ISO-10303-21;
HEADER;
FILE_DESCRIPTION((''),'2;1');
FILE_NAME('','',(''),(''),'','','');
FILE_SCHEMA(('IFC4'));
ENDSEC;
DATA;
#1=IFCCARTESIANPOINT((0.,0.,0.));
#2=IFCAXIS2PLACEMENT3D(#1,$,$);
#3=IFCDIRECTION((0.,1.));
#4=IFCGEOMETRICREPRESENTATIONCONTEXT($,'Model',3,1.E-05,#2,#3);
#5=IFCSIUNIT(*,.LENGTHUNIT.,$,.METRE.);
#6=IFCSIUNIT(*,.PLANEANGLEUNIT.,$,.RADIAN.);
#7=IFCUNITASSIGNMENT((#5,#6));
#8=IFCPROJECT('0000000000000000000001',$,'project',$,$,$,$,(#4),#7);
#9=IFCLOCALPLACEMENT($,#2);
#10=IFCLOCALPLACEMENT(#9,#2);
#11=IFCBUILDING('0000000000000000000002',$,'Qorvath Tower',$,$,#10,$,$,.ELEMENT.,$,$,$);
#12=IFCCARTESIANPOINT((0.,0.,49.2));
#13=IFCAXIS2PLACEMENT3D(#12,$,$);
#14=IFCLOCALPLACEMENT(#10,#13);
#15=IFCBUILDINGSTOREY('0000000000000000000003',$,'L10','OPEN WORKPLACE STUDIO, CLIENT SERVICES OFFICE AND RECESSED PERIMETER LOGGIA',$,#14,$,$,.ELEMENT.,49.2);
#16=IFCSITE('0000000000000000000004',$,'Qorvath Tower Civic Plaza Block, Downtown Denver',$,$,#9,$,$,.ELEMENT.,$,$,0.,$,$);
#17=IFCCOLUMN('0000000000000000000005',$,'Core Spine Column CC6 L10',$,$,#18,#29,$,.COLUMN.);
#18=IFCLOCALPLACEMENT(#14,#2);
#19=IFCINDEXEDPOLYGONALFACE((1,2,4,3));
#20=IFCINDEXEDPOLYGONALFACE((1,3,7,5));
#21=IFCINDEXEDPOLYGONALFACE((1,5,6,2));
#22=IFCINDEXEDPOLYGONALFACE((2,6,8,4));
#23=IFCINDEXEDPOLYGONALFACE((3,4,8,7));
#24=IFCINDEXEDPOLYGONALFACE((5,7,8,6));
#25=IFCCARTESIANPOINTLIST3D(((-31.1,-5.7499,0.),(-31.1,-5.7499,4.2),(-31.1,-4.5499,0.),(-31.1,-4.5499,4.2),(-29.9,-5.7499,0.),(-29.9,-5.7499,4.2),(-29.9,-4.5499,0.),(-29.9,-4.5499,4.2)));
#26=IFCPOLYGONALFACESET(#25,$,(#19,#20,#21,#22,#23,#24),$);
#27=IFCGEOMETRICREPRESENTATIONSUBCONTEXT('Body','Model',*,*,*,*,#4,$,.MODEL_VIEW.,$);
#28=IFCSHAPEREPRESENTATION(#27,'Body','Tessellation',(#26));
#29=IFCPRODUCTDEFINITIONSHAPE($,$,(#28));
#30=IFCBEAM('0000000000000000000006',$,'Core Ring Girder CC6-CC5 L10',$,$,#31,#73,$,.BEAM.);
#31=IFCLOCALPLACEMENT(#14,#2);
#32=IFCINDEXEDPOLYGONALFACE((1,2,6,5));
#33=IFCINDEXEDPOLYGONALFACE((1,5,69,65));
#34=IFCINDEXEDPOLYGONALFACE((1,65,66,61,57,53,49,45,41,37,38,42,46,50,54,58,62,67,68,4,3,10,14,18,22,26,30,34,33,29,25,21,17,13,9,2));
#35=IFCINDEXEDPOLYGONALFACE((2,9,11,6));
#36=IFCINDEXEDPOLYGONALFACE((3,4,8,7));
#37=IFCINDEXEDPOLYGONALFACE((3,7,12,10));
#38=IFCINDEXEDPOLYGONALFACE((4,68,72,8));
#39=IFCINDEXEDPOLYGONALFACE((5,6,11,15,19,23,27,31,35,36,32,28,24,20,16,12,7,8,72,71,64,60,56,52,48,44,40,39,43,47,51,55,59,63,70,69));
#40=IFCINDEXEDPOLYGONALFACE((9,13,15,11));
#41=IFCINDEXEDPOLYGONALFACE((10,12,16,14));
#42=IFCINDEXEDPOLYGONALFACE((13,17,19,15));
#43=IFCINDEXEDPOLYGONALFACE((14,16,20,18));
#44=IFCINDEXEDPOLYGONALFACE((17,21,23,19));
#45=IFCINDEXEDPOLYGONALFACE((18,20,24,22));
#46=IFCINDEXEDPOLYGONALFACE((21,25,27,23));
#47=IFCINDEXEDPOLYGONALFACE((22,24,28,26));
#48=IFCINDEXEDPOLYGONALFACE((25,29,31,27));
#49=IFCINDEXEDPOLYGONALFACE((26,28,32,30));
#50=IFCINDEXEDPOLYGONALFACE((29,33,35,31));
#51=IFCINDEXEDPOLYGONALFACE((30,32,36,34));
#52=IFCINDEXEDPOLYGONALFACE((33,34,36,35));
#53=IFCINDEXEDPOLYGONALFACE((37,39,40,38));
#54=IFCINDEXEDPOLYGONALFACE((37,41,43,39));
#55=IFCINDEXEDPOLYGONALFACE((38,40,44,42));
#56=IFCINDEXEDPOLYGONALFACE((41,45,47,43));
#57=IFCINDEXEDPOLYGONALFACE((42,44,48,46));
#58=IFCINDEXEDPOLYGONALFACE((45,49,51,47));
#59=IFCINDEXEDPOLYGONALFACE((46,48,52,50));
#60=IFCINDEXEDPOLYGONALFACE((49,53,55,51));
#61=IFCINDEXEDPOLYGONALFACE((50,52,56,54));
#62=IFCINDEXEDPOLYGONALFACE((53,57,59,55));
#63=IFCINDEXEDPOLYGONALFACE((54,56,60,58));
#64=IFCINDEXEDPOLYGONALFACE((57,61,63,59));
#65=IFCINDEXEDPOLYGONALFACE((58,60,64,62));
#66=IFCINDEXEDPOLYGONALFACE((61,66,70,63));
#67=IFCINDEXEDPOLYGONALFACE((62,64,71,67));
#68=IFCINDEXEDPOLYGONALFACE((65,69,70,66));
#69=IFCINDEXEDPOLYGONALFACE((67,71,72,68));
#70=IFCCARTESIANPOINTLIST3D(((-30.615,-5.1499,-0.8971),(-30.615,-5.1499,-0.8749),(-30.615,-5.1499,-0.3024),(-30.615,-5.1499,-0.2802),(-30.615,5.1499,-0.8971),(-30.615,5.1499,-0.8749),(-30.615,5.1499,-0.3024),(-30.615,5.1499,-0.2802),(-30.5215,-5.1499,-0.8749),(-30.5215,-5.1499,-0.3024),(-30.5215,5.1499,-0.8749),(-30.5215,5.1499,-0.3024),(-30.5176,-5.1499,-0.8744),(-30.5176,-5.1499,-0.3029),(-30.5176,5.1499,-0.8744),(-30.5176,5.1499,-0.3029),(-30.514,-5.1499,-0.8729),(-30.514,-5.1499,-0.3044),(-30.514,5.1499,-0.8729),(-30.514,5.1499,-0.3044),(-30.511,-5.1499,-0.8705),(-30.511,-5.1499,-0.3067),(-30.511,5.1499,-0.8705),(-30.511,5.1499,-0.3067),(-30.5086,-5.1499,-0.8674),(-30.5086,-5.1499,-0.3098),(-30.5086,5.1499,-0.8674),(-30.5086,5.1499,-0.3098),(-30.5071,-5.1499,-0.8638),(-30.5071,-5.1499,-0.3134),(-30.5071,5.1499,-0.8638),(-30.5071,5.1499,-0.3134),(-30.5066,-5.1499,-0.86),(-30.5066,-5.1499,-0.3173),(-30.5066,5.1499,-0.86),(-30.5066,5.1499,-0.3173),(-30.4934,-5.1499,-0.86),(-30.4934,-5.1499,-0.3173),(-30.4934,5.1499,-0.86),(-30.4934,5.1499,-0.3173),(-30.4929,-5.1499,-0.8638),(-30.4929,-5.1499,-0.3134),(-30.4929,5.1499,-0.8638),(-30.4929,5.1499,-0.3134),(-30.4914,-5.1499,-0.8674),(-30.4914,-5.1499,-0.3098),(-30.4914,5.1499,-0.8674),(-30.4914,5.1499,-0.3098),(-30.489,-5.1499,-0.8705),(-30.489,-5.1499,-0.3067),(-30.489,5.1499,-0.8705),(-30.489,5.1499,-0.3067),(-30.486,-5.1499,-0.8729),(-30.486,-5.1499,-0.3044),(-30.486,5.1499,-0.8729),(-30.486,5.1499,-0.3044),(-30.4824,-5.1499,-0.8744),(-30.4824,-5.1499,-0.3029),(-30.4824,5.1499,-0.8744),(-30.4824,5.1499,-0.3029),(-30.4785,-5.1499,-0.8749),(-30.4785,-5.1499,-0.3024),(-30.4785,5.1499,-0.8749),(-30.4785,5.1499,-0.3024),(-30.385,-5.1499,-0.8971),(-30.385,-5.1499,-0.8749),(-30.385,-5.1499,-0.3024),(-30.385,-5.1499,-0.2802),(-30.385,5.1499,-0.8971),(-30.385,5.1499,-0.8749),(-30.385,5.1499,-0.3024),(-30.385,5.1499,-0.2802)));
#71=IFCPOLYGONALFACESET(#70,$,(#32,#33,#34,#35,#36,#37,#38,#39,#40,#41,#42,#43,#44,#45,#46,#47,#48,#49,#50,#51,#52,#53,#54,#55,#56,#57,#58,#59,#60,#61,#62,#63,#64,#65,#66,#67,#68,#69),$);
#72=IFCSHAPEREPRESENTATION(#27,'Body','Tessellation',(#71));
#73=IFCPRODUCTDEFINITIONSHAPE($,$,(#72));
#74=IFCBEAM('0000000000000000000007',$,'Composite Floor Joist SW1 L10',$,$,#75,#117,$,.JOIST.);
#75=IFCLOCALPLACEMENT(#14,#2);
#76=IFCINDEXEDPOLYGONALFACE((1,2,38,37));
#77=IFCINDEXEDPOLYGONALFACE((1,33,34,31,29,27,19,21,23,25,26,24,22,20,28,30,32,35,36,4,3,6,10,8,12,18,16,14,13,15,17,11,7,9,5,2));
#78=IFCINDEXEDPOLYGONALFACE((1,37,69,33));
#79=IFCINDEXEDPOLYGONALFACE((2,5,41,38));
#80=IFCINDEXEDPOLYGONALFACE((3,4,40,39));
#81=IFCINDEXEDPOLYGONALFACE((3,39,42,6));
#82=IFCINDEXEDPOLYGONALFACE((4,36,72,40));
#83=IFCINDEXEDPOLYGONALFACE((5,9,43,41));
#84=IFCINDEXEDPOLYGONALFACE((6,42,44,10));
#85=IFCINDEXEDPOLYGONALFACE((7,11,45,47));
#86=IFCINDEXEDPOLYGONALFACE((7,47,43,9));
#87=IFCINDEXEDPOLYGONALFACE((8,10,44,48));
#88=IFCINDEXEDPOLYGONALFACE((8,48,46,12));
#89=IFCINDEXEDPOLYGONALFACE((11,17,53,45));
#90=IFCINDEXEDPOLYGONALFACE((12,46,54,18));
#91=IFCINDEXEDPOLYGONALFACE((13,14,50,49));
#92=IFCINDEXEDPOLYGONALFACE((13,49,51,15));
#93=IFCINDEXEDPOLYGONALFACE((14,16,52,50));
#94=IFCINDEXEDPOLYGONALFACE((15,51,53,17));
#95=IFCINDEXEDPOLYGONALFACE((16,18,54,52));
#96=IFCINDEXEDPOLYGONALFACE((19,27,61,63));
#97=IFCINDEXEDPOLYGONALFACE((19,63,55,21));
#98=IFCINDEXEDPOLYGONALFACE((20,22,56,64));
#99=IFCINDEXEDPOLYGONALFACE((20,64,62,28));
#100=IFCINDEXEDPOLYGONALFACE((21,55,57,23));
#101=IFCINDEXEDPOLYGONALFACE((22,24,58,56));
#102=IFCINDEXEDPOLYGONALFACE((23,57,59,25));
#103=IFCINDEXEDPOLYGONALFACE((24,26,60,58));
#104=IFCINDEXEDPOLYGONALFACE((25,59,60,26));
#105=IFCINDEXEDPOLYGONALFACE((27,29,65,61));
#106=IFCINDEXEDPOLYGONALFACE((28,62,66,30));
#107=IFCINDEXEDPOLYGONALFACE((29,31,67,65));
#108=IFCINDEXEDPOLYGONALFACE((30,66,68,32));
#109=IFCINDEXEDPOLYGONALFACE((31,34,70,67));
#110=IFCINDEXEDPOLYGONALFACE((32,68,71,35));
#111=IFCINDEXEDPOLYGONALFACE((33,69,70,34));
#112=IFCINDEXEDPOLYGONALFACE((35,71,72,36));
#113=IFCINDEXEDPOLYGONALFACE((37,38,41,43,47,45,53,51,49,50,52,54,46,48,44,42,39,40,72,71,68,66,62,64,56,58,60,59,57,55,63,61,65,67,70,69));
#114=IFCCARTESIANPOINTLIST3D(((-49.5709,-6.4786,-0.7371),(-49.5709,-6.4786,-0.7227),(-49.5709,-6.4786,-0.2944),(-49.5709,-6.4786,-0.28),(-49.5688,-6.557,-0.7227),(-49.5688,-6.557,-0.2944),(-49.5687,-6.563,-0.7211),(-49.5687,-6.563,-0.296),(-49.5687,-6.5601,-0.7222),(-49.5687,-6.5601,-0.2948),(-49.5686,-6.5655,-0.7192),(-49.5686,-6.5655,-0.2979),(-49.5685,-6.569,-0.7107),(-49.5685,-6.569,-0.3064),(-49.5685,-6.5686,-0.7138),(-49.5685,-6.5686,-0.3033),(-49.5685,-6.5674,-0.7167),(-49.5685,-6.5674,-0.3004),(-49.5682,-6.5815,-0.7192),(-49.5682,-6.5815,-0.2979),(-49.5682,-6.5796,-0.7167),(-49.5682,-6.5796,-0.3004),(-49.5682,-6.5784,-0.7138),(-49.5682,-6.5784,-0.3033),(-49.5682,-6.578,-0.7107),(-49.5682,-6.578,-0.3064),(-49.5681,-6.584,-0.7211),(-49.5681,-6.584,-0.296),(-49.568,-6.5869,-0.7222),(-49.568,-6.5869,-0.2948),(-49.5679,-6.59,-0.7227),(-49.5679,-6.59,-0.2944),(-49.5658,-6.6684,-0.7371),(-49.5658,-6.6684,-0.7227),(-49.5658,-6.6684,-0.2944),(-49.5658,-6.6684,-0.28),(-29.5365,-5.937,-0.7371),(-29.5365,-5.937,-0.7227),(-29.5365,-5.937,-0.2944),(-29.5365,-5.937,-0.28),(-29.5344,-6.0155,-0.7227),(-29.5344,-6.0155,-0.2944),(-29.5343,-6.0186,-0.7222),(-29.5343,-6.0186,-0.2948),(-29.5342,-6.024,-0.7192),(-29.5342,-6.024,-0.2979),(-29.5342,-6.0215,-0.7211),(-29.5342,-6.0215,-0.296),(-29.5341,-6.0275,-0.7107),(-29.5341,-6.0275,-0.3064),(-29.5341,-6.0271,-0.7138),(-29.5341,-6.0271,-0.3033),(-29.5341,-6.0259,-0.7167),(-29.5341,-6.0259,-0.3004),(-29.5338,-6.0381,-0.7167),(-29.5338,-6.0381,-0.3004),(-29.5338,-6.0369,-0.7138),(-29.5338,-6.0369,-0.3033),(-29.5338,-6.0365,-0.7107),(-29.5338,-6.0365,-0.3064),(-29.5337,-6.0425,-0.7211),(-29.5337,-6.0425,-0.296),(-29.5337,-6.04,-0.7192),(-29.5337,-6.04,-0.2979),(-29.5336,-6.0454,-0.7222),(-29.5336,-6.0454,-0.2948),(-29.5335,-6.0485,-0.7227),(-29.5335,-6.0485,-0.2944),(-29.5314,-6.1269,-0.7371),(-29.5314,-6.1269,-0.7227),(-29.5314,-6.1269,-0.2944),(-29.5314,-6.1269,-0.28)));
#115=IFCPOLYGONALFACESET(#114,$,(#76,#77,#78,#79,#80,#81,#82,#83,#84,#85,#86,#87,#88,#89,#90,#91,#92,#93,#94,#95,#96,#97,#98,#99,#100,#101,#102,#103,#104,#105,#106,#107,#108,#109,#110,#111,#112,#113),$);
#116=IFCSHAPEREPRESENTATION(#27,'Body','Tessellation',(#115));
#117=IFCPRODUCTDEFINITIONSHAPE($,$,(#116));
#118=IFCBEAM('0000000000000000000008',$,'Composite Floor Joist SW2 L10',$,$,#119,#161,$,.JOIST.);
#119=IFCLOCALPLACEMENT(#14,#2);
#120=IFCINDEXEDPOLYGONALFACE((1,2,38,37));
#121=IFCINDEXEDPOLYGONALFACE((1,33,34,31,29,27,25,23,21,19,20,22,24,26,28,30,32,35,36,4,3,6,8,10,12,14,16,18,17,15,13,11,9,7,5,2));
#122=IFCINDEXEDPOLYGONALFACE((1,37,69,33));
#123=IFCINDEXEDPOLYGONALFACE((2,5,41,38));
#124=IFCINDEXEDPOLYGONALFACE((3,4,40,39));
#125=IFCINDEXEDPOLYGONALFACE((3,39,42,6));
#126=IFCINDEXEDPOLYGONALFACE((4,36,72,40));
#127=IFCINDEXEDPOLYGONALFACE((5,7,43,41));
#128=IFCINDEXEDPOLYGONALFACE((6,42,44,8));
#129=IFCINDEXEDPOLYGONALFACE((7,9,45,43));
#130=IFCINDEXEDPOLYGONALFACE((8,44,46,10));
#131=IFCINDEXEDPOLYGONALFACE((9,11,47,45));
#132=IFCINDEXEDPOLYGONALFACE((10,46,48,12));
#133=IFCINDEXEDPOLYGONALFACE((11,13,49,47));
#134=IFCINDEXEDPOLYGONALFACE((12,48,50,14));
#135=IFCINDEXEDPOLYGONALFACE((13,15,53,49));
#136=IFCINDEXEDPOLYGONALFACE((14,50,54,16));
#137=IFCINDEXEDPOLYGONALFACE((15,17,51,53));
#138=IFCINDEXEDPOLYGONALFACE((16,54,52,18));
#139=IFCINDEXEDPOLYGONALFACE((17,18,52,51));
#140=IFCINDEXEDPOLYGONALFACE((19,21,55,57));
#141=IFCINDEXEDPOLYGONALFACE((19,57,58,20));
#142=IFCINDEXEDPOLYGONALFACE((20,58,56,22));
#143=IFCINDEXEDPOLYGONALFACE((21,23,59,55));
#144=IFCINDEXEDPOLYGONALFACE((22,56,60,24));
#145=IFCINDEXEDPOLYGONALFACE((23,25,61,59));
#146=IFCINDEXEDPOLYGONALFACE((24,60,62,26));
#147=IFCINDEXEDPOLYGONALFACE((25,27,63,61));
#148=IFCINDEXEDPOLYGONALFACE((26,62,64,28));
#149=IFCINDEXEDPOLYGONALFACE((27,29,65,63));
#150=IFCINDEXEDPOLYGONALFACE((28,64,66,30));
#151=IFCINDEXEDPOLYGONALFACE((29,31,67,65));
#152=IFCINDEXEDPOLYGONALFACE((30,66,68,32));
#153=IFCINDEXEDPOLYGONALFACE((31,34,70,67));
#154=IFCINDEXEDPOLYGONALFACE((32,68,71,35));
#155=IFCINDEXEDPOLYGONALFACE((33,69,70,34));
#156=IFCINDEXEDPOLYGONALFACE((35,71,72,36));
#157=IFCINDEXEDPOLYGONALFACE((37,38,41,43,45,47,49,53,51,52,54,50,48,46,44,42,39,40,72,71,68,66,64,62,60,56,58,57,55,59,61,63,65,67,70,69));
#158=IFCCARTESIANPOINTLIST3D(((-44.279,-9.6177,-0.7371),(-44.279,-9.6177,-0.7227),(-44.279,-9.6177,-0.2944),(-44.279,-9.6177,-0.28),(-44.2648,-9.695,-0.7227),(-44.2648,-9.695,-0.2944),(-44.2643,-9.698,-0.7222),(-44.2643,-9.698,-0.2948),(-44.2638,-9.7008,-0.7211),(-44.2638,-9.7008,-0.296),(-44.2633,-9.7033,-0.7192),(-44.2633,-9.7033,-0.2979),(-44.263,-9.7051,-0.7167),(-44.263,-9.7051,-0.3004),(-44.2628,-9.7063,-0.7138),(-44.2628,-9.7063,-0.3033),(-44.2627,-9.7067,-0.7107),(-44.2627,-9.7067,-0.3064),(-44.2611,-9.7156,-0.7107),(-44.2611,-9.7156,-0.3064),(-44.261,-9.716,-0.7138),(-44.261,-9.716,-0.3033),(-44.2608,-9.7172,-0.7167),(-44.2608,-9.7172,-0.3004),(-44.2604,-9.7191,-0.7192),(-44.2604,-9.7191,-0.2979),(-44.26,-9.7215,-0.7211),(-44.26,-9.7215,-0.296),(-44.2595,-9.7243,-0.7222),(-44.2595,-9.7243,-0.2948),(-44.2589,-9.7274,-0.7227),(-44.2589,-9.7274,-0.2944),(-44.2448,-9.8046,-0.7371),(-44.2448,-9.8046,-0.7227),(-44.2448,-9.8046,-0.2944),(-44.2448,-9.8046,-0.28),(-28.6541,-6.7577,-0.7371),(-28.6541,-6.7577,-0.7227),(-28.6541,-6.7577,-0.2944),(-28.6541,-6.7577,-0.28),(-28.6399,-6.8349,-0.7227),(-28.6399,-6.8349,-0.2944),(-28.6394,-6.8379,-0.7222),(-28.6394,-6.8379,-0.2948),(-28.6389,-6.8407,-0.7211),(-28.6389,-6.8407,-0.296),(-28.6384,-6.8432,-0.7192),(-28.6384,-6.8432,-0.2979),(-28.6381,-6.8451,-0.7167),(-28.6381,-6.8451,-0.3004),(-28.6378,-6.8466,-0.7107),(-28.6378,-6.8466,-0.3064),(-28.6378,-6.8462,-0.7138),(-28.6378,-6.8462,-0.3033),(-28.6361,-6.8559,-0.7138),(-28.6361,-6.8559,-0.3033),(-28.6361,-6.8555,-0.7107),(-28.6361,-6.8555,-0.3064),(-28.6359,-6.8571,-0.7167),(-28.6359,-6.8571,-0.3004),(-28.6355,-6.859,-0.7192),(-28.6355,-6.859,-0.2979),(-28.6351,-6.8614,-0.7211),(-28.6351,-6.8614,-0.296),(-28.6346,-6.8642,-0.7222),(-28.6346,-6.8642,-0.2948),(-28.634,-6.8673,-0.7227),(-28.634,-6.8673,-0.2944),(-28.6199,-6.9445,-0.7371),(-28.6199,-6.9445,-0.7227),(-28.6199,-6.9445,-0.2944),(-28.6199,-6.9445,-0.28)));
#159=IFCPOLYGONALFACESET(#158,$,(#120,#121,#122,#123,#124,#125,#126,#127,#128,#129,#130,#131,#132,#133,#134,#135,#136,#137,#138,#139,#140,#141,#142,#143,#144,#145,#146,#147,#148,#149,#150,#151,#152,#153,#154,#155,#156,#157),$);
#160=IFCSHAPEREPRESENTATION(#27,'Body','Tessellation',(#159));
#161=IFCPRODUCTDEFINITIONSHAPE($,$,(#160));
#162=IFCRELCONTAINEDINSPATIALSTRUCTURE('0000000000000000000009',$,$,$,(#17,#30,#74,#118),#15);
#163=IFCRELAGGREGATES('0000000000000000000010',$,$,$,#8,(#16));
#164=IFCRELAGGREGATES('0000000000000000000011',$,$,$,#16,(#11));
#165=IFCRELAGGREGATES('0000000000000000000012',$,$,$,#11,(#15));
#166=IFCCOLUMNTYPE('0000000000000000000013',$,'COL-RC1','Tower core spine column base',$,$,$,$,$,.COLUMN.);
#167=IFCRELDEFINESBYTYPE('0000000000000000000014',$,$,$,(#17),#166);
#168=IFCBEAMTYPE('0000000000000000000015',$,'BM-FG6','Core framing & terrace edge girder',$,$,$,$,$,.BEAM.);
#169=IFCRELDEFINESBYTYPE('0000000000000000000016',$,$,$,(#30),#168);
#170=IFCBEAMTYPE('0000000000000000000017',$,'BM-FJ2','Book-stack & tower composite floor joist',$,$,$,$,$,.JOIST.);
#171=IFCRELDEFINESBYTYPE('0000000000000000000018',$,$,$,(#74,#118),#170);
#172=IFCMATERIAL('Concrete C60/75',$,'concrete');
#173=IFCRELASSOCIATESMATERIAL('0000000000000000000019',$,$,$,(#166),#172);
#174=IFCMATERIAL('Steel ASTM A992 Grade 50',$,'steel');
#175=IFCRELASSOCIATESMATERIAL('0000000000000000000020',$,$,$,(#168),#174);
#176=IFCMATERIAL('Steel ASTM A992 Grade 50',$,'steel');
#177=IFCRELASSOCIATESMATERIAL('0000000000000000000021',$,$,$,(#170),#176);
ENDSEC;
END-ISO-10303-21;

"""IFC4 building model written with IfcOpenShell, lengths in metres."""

from ifc_helpers import new_model, si_unit, direction, frame, origin, origin_2d, place, context, subcontext, project, spatial, rectangle, i_section, extrude, material, material_profile, profile_set, type_object, element, save


model = new_model("IFC4")

# Units and contexts
model_context = context("Model", 3, precision=1e-05, world=origin(), true_north=direction((0.0, 1.0)))
body_context = subcontext(model_context, "Body", "Model", "MODEL_VIEW")
ifc_project = project(units=[si_unit("LENGTHUNIT", "METRE"), si_unit("PLANEANGLEUNIT", "RADIAN")], contexts=[model_context])

# Site, building, storey
site_placement = place(None, origin())
site = spatial("IfcSite", under=ifc_project, at=site_placement, Name="Qorvath Tower Civic Plaza Block, Downtown Denver", CompositionType="ELEMENT", RefElevation=0.0)
building_placement = place(site_placement, origin())
building = spatial("IfcBuilding", under=site, at=building_placement, Name="Qorvath Tower", CompositionType="ELEMENT")
storey_placement = place(building_placement, frame((0.0, 0.0, 49.2)))
storey = spatial("IfcBuildingStorey", under=building, at=storey_placement, Name="L10", Description="OPEN WORKPLACE STUDIO, CLIENT SERVICES OFFICE AND RECESSED PERIMETER LOGGIA", CompositionType="ELEMENT", Elevation=49.2)

# Column
ifc_material_1 = material(Name="Concrete C60/75", Category="concrete")
ifc_material_profile_1 = material_profile(ifc_material_1, rectangle(XDim=1.2, YDim=1.2, at=origin_2d()), Name="RC 1200x1200")
ifc_profile_set_1 = profile_set([ifc_material_profile_1], Name="Concrete C60/75")
column_type = type_object("IfcColumnType", Name="COL-RC1", Description="Tower core spine column base", PredefinedType="COLUMN", material=ifc_profile_set_1)
column_placement = place(storey_placement, frame((-30.5, -5.1499, 0.0), z_axis=(0.0, 0.0, 1.0), x_axis=(1.0, 0.0, 0.0)))
element("IfcColumn", 1, at=column_placement, inside=storey, type_object=column_type, Name="Core Spine Column CC6 L10", PredefinedType="COLUMN", context=body_context, shape_type="SweptSolid", body=[
    extrude(rectangle(XDim=1.2, YDim=1.2, at=origin_2d()), origin(), (0.0, 0.0, 1.0), 4.2),
])

# Beams
ifc_material_2 = material(Name="Steel ASTM A992 Grade 50", Category="steel")
ifc_material_profile_2 = material_profile(ifc_material_2, i_section(OverallWidth=0.23, OverallDepth=0.6169, WebThickness=0.0132, FlangeThickness=0.0222, FilletRadius=0.0149, at=origin_2d()), Name="W24x94")
ifc_profile_set_2 = profile_set([ifc_material_profile_2], Name="Steel ASTM A992 Grade 50")
beam_type_1 = type_object("IfcBeamType", Name="BM-FG6", Description="Core framing & terrace edge girder", PredefinedType="BEAM", material=ifc_profile_set_2)
beam_1_placement = place(storey_placement, frame((-30.5, -5.1499, -0.5886), z_axis=(0.0, 1.0, 0.0), x_axis=(-1.0, 0.0, 0.0)))
element("IfcBeam", 2, at=beam_1_placement, inside=storey, type_object=beam_type_1, Name="Core Ring Girder CC6-CC5 L10", PredefinedType="BEAM", context=body_context, shape_type="SweptSolid", body=[
    extrude(i_section(OverallWidth=0.23, OverallDepth=0.6169, WebThickness=0.0132, FlangeThickness=0.0222, FilletRadius=0.0149, at=origin_2d()), origin(), (0.0, 0.0, 1.0), 10.2998),
])
ifc_material_3 = material(Name="Steel ASTM A992 Grade 50", Category="steel")
ifc_material_profile_3 = material_profile(ifc_material_3, i_section(OverallWidth=0.1899, OverallDepth=0.457, WebThickness=0.009, FlangeThickness=0.0144, FilletRadius=0.012, at=origin_2d()), Name="W18x50")
ifc_profile_set_3 = profile_set([ifc_material_profile_3], Name="Steel ASTM A992 Grade 50")
beam_type_2 = type_object("IfcBeamType", Name="BM-FJ2", Description="Book-stack & tower composite floor joist", PredefinedType="JOIST", material=ifc_profile_set_3)
beam_2_placement = place(storey_placement, frame((-29.5339, -6.032, -0.5085), z_axis=(-0.999635, -0.027019, 0.0), x_axis=(0.027019, -0.999635, 0.0)))
element("IfcBeam", 3, at=beam_2_placement, inside=storey, type_object=beam_type_2, Name="Composite Floor Joist SW1 L10", PredefinedType="JOIST", context=body_context, shape_type="SweptSolid", body=[
    extrude(i_section(OverallWidth=0.1899, OverallDepth=0.457, WebThickness=0.009, FlangeThickness=0.0144, FilletRadius=0.012, at=origin_2d()), origin(), (0.0, 0.0, 1.0), 20.0417),
])
beam_3_placement = place(storey_placement, frame((-28.637, -6.8511, -0.5085), z_axis=(-0.983656, -0.180055, 0.0), x_axis=(0.180055, -0.983656, 0.0)))
element("IfcBeam", 4, at=beam_3_placement, inside=storey, type_object=beam_type_2, Name="Composite Floor Joist SW2 L10", PredefinedType="JOIST", context=body_context, shape_type="SweptSolid", body=[
    extrude(i_section(OverallWidth=0.1899, OverallDepth=0.457, WebThickness=0.009, FlangeThickness=0.0144, FilletRadius=0.012, at=origin_2d()), origin(), (0.0, 0.0, 1.0), 15.8845),
])

save(model, "model.ifc")
